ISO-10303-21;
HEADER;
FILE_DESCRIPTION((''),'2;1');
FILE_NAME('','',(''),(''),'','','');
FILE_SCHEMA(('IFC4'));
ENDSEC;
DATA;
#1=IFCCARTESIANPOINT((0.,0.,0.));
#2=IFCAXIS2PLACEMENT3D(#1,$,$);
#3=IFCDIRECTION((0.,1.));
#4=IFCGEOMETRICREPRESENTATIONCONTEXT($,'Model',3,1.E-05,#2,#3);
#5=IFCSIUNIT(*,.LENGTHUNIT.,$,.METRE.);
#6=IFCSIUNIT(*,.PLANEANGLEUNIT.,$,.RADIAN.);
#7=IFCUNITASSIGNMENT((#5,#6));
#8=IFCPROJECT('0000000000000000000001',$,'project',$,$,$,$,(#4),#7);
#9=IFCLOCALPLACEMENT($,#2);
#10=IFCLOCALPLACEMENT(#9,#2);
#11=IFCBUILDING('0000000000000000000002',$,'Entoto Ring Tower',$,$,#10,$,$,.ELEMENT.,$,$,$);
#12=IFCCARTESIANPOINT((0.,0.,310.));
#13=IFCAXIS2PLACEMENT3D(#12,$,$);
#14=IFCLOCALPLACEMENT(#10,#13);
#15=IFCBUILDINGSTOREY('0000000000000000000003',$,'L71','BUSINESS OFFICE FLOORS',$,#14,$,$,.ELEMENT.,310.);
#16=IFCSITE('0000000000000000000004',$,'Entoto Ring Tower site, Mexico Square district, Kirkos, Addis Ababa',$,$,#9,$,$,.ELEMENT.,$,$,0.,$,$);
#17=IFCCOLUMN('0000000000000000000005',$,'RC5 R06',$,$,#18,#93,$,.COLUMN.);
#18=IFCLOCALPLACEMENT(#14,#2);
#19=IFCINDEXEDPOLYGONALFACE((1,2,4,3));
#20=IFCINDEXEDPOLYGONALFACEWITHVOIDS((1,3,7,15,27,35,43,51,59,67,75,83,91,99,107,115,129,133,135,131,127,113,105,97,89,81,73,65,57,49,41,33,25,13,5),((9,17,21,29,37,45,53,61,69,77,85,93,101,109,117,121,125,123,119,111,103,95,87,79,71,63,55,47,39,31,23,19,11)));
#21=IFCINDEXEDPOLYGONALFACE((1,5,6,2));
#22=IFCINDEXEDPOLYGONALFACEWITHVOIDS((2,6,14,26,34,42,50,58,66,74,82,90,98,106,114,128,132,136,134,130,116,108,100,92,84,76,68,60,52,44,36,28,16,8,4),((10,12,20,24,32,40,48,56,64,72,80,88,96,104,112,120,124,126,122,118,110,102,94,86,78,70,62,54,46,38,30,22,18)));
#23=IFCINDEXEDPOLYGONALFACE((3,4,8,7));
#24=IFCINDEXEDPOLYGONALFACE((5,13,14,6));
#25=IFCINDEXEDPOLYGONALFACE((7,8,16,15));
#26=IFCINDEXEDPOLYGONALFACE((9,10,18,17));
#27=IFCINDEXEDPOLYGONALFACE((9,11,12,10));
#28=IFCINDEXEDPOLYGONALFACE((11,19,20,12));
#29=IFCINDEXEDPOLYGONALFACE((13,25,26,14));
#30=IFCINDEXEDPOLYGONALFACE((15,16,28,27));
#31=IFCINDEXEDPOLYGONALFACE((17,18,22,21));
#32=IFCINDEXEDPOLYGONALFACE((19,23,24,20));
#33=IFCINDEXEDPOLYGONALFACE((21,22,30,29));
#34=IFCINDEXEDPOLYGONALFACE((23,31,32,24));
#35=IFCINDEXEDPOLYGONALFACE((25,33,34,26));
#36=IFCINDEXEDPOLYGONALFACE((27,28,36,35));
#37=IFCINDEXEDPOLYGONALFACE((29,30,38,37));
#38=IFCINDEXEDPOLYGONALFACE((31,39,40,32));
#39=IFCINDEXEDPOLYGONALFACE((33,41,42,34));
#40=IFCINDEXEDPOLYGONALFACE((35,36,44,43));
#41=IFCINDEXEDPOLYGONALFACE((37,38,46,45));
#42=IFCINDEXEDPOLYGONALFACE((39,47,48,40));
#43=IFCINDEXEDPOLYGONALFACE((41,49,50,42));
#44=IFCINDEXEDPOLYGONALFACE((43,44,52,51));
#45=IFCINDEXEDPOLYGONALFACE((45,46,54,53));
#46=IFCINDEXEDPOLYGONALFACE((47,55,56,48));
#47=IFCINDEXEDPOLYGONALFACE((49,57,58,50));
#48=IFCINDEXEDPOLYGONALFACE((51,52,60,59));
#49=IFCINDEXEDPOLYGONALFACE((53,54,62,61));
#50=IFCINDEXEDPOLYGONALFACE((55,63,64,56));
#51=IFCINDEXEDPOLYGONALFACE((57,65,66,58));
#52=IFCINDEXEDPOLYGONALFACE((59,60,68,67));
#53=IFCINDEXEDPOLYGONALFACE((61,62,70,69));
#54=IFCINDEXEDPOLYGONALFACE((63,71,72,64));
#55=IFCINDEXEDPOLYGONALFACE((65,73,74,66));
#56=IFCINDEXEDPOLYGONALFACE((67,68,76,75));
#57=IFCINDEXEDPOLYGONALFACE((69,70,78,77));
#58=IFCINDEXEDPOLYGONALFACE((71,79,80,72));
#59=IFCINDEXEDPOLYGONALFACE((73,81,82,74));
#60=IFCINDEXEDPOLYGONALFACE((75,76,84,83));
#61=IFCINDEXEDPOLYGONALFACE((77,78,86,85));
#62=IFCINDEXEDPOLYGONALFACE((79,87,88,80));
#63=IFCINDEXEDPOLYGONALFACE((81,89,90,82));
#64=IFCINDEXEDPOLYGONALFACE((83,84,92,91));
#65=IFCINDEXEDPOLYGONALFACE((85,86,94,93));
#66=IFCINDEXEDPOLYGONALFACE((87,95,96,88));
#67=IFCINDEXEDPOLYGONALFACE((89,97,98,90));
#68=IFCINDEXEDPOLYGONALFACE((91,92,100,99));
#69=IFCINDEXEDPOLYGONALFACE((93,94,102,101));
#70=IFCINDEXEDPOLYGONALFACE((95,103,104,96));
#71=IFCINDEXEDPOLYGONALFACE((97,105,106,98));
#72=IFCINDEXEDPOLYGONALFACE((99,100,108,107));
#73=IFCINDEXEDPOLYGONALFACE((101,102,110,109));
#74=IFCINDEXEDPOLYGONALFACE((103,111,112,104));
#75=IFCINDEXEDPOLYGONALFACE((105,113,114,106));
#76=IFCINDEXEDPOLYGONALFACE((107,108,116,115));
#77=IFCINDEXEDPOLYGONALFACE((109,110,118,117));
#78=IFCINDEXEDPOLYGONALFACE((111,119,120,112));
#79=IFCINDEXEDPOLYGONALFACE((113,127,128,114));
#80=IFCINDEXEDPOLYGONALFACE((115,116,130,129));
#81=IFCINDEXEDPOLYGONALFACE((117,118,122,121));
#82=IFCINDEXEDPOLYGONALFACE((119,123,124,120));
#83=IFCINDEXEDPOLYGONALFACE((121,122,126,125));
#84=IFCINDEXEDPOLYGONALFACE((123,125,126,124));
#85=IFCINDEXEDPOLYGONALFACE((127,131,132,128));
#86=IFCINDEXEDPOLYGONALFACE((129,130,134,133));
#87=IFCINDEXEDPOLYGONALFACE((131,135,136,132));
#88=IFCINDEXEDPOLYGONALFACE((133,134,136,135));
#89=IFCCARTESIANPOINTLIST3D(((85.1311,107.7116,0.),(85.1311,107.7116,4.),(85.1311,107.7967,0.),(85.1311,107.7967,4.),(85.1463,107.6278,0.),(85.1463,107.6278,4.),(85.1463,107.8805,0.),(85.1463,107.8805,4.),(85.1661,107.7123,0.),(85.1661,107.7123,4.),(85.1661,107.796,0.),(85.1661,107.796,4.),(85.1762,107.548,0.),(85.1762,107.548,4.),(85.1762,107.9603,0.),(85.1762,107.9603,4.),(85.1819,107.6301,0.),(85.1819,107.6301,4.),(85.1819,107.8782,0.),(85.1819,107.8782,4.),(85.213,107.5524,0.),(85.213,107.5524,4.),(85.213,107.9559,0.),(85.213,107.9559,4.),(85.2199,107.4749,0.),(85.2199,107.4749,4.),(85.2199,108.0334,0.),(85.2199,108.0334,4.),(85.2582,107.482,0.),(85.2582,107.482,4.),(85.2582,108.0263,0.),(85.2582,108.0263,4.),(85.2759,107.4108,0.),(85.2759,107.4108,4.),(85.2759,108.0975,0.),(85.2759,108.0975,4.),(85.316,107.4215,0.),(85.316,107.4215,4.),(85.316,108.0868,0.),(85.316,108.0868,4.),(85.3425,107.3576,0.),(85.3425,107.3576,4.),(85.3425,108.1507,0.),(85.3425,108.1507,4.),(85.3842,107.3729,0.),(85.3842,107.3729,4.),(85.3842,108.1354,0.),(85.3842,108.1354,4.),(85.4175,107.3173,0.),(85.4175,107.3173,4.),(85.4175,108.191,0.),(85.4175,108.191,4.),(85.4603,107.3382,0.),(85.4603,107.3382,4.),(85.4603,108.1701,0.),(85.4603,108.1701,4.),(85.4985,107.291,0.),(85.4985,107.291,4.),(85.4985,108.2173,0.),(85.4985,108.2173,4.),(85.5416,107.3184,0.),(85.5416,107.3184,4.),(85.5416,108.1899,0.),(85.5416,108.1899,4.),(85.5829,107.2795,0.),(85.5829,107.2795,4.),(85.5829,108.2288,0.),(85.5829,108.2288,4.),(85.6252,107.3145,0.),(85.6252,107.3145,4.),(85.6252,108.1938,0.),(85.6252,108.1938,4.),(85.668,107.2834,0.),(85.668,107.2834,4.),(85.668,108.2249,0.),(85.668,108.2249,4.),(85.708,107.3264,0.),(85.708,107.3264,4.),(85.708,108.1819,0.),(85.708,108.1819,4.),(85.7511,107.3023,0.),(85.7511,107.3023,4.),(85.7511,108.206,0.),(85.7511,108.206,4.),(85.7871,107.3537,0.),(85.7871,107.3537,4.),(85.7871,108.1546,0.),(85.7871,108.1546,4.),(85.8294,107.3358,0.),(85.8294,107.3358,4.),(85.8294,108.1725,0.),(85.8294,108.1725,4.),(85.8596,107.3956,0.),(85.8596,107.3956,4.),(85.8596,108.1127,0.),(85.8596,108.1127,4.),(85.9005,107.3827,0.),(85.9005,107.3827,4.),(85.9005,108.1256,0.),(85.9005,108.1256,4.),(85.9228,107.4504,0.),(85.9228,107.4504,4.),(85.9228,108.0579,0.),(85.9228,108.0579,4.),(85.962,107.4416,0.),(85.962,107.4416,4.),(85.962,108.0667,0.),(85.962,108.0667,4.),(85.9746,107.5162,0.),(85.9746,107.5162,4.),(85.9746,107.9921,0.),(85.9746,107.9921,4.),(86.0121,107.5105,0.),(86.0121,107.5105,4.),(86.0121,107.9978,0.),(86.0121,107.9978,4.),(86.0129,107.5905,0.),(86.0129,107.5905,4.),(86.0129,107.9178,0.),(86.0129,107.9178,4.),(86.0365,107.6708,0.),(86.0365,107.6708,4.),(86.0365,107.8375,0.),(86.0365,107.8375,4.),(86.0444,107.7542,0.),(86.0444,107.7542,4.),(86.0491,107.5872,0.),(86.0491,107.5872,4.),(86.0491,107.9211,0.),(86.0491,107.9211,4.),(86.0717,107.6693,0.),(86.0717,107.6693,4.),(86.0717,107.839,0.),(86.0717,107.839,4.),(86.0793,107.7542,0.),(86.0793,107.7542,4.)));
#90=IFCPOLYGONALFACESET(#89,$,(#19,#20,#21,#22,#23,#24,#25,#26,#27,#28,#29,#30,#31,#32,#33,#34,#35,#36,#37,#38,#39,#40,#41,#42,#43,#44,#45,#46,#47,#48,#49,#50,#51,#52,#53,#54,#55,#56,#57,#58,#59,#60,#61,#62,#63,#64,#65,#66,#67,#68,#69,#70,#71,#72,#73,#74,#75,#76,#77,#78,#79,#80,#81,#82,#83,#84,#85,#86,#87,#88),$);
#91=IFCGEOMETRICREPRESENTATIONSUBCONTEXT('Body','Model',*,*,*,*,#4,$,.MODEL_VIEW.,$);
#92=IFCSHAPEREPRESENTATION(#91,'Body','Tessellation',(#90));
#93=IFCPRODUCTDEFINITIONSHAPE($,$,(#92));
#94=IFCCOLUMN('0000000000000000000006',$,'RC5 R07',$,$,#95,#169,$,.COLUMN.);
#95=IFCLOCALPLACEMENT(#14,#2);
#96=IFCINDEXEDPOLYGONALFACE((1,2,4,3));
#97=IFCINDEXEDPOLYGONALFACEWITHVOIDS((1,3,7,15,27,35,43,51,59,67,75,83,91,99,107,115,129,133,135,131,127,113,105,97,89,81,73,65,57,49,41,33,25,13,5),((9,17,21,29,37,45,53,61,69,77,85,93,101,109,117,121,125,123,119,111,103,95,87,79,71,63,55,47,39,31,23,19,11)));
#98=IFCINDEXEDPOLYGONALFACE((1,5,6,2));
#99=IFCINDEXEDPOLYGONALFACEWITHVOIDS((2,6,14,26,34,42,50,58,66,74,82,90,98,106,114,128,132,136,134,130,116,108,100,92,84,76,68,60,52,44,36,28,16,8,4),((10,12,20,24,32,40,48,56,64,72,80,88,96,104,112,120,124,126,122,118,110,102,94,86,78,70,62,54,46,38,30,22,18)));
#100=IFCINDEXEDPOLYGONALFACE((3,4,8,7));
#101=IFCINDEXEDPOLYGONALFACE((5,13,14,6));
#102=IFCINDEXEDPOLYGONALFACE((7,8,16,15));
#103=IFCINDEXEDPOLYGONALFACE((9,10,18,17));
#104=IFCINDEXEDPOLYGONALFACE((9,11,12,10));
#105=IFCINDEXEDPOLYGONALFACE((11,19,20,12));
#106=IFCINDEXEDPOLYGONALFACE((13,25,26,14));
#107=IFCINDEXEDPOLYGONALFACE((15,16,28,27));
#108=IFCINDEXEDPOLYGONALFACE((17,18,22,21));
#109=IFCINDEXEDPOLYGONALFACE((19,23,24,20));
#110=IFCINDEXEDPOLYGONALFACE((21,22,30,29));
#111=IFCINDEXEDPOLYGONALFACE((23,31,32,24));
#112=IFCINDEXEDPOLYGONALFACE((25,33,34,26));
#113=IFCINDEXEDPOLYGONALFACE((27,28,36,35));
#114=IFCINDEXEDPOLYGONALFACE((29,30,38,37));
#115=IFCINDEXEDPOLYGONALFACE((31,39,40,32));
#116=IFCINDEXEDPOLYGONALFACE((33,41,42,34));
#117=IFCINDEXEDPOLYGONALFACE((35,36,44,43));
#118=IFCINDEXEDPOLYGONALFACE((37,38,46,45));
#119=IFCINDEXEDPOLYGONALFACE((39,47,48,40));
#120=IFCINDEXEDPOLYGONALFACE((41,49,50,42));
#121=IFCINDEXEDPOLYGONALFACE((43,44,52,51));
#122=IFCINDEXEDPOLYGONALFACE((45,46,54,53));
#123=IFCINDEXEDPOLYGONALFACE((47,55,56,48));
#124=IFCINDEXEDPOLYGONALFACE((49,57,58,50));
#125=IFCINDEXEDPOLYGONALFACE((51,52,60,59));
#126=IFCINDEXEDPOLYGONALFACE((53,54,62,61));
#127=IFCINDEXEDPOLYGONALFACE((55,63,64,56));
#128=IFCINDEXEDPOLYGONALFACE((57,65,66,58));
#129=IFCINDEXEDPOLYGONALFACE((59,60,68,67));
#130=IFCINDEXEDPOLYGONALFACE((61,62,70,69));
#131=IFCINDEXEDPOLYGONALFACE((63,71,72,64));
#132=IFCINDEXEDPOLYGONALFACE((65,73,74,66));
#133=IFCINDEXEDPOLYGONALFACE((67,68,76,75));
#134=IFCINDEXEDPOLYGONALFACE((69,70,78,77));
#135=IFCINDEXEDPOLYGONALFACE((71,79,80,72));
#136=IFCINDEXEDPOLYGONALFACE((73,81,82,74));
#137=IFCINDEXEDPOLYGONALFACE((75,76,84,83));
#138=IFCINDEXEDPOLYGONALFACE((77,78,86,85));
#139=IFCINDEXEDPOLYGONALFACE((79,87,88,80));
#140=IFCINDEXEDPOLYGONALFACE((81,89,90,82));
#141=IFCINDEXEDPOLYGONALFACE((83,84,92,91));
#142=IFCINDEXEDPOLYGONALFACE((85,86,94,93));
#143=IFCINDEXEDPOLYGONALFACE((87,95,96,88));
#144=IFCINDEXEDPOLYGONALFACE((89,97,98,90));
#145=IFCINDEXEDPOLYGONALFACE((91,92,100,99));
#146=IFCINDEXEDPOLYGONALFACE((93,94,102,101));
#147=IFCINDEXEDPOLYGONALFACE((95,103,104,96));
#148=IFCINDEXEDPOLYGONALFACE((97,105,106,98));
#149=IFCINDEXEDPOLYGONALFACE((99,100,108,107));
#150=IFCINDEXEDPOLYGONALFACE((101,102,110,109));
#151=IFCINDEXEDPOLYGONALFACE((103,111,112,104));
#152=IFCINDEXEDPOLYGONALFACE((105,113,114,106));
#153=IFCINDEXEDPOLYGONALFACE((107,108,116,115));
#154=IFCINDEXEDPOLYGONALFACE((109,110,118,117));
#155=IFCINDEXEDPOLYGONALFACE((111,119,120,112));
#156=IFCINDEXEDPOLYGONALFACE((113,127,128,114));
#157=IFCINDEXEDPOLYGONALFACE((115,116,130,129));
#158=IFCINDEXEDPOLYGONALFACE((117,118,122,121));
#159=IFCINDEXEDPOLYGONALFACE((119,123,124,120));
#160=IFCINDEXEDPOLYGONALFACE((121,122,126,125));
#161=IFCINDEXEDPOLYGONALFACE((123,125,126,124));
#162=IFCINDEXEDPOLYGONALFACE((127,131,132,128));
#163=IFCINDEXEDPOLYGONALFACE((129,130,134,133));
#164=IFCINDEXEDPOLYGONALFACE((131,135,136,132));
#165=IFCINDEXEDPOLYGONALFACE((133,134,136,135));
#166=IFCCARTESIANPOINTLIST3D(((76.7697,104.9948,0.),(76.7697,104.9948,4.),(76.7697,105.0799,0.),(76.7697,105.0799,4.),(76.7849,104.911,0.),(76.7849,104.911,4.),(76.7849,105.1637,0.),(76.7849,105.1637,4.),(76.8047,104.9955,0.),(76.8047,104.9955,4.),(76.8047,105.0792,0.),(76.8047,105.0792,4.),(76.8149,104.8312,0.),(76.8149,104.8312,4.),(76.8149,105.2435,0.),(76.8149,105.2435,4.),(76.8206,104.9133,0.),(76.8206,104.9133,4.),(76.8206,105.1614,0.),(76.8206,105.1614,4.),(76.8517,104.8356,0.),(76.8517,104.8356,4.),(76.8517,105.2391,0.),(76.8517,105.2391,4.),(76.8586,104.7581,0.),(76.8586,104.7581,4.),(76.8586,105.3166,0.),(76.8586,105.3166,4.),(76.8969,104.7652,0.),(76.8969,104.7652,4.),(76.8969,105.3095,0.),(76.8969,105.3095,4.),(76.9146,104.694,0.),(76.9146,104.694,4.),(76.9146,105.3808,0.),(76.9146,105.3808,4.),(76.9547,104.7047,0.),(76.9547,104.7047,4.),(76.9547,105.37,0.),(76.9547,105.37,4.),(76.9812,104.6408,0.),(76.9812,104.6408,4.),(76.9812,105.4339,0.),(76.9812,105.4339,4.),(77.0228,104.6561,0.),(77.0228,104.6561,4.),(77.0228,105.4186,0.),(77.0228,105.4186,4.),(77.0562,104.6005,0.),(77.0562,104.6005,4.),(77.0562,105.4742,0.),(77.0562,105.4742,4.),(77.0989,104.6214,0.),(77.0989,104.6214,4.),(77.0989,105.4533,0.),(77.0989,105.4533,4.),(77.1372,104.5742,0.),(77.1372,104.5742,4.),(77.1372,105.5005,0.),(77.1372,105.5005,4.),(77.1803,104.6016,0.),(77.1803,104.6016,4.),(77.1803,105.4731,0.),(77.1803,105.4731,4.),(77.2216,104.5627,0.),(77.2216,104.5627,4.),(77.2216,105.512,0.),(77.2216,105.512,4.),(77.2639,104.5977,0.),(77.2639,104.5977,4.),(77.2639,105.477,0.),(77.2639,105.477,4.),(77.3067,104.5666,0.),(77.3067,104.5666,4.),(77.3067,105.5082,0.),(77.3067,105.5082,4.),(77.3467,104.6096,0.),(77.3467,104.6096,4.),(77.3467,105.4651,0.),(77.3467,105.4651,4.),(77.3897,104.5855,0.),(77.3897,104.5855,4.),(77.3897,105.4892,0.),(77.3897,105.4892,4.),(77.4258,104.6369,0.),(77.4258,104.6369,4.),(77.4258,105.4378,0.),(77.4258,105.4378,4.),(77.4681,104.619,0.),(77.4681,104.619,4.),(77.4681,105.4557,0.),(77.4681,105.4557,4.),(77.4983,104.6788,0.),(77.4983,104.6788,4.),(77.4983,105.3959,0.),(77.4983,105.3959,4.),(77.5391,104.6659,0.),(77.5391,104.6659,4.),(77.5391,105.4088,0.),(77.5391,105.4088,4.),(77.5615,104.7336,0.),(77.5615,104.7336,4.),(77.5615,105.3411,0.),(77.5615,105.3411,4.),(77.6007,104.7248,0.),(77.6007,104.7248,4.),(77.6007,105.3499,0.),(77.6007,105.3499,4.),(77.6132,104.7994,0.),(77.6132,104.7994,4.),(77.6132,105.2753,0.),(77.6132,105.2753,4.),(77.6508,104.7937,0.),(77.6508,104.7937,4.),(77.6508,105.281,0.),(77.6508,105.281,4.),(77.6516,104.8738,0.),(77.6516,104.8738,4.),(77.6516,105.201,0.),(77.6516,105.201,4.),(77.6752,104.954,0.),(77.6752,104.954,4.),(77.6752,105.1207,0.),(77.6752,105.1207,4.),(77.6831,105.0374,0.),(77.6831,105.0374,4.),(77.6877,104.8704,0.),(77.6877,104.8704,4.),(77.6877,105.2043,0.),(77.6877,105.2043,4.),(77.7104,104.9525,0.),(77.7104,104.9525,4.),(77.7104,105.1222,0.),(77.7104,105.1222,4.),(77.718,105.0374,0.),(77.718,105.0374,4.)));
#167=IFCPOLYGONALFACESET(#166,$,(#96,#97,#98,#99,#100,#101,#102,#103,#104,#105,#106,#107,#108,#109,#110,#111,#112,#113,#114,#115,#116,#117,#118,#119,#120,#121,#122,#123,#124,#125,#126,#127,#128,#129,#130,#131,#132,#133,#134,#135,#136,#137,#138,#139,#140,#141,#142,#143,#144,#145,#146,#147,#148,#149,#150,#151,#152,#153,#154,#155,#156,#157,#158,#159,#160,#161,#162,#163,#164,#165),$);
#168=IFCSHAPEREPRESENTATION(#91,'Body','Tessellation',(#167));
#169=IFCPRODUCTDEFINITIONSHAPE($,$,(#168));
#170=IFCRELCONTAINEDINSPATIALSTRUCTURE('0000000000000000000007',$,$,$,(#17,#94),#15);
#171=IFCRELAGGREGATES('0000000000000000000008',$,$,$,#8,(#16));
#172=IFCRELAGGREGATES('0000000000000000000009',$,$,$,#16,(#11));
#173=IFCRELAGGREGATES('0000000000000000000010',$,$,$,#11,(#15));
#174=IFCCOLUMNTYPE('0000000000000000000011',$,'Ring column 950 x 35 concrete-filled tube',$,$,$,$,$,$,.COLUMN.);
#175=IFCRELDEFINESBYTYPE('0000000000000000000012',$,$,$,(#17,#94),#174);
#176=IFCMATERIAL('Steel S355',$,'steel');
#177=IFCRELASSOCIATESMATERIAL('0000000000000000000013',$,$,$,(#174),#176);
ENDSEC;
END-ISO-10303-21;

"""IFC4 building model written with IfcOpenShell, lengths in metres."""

from ifc_helpers import new_model, si_unit, direction, frame, origin, origin_2d, place, context, subcontext, project, spatial, circle, hollow_circle, extrude, material, material_profile, profile_set, type_object, element, save


model = new_model("IFC4")

# Units and contexts
model_context = context("Model", 3, precision=1e-05, world=origin(), true_north=direction((0.0, 1.0)))
body_context = subcontext(model_context, "Body", "Model", "MODEL_VIEW")
ifc_project = project(units=[si_unit("LENGTHUNIT", "METRE"), si_unit("PLANEANGLEUNIT", "RADIAN")], contexts=[model_context])

# Site, building, storey
site_placement = place(None, origin())
site = spatial("IfcSite", under=ifc_project, at=site_placement, Name="Entoto Ring Tower site, Mexico Square district, Kirkos, Addis Ababa", CompositionType="ELEMENT", RefElevation=0.0)
building_placement = place(site_placement, origin())
building = spatial("IfcBuilding", under=site, at=building_placement, Name="Entoto Ring Tower", CompositionType="ELEMENT")
storey_placement = place(building_placement, frame((0.0, 0.0, 310.0)))
storey = spatial("IfcBuildingStorey", under=building, at=storey_placement, Name="L71", Description="BUSINESS OFFICE FLOORS", CompositionType="ELEMENT", Elevation=310.0)

# Columns
ifc_material_1 = material(Name="Steel S355", Category="steel")
ifc_material_profile_1 = material_profile(ifc_material_1, hollow_circle(Radius=0.4751, WallThickness=0.0349, at=origin_2d()), Name="CHS 950 x 35")
ifc_material_2 = material(Name="Concrete C60/75", Category="concrete")
ifc_material_profile_2 = material_profile(ifc_material_2, circle(Radius=0.4399, at=origin_2d()), Name="Concrete C60/75 infill")
ifc_profile_set_1 = profile_set([ifc_material_profile_1, ifc_material_profile_2], Name="Steel S355")
column_type = type_object("IfcColumnType", Name="Ring column 950 x 35 concrete-filled tube", PredefinedType="COLUMN", material=ifc_profile_set_1)
for number, where, z_axis, x_axis, name in (
    (1, (85.6042, 107.7542, 0.0), (0.0, 0.0, 1.0), (1.0, 0.0, 0.0), "RC5 R06"),
    (2, (77.2429, 105.0374, 0.0), (0.0, 0.0, 1.0), (1.0, 0.0, 0.0), "RC5 R07"),
):
    element("IfcColumn", number, at=place(storey_placement, frame(where, z_axis=z_axis, x_axis=x_axis)), inside=storey, type_object=column_type, Name=name, PredefinedType="COLUMN", context=body_context, shape_type="SweptSolid", body=[
        extrude(hollow_circle(Radius=0.4751, WallThickness=0.0349, at=origin_2d()), origin(), (0.0, 0.0, 1.0), 4.0),
    ])

save(model, "model.ifc")
